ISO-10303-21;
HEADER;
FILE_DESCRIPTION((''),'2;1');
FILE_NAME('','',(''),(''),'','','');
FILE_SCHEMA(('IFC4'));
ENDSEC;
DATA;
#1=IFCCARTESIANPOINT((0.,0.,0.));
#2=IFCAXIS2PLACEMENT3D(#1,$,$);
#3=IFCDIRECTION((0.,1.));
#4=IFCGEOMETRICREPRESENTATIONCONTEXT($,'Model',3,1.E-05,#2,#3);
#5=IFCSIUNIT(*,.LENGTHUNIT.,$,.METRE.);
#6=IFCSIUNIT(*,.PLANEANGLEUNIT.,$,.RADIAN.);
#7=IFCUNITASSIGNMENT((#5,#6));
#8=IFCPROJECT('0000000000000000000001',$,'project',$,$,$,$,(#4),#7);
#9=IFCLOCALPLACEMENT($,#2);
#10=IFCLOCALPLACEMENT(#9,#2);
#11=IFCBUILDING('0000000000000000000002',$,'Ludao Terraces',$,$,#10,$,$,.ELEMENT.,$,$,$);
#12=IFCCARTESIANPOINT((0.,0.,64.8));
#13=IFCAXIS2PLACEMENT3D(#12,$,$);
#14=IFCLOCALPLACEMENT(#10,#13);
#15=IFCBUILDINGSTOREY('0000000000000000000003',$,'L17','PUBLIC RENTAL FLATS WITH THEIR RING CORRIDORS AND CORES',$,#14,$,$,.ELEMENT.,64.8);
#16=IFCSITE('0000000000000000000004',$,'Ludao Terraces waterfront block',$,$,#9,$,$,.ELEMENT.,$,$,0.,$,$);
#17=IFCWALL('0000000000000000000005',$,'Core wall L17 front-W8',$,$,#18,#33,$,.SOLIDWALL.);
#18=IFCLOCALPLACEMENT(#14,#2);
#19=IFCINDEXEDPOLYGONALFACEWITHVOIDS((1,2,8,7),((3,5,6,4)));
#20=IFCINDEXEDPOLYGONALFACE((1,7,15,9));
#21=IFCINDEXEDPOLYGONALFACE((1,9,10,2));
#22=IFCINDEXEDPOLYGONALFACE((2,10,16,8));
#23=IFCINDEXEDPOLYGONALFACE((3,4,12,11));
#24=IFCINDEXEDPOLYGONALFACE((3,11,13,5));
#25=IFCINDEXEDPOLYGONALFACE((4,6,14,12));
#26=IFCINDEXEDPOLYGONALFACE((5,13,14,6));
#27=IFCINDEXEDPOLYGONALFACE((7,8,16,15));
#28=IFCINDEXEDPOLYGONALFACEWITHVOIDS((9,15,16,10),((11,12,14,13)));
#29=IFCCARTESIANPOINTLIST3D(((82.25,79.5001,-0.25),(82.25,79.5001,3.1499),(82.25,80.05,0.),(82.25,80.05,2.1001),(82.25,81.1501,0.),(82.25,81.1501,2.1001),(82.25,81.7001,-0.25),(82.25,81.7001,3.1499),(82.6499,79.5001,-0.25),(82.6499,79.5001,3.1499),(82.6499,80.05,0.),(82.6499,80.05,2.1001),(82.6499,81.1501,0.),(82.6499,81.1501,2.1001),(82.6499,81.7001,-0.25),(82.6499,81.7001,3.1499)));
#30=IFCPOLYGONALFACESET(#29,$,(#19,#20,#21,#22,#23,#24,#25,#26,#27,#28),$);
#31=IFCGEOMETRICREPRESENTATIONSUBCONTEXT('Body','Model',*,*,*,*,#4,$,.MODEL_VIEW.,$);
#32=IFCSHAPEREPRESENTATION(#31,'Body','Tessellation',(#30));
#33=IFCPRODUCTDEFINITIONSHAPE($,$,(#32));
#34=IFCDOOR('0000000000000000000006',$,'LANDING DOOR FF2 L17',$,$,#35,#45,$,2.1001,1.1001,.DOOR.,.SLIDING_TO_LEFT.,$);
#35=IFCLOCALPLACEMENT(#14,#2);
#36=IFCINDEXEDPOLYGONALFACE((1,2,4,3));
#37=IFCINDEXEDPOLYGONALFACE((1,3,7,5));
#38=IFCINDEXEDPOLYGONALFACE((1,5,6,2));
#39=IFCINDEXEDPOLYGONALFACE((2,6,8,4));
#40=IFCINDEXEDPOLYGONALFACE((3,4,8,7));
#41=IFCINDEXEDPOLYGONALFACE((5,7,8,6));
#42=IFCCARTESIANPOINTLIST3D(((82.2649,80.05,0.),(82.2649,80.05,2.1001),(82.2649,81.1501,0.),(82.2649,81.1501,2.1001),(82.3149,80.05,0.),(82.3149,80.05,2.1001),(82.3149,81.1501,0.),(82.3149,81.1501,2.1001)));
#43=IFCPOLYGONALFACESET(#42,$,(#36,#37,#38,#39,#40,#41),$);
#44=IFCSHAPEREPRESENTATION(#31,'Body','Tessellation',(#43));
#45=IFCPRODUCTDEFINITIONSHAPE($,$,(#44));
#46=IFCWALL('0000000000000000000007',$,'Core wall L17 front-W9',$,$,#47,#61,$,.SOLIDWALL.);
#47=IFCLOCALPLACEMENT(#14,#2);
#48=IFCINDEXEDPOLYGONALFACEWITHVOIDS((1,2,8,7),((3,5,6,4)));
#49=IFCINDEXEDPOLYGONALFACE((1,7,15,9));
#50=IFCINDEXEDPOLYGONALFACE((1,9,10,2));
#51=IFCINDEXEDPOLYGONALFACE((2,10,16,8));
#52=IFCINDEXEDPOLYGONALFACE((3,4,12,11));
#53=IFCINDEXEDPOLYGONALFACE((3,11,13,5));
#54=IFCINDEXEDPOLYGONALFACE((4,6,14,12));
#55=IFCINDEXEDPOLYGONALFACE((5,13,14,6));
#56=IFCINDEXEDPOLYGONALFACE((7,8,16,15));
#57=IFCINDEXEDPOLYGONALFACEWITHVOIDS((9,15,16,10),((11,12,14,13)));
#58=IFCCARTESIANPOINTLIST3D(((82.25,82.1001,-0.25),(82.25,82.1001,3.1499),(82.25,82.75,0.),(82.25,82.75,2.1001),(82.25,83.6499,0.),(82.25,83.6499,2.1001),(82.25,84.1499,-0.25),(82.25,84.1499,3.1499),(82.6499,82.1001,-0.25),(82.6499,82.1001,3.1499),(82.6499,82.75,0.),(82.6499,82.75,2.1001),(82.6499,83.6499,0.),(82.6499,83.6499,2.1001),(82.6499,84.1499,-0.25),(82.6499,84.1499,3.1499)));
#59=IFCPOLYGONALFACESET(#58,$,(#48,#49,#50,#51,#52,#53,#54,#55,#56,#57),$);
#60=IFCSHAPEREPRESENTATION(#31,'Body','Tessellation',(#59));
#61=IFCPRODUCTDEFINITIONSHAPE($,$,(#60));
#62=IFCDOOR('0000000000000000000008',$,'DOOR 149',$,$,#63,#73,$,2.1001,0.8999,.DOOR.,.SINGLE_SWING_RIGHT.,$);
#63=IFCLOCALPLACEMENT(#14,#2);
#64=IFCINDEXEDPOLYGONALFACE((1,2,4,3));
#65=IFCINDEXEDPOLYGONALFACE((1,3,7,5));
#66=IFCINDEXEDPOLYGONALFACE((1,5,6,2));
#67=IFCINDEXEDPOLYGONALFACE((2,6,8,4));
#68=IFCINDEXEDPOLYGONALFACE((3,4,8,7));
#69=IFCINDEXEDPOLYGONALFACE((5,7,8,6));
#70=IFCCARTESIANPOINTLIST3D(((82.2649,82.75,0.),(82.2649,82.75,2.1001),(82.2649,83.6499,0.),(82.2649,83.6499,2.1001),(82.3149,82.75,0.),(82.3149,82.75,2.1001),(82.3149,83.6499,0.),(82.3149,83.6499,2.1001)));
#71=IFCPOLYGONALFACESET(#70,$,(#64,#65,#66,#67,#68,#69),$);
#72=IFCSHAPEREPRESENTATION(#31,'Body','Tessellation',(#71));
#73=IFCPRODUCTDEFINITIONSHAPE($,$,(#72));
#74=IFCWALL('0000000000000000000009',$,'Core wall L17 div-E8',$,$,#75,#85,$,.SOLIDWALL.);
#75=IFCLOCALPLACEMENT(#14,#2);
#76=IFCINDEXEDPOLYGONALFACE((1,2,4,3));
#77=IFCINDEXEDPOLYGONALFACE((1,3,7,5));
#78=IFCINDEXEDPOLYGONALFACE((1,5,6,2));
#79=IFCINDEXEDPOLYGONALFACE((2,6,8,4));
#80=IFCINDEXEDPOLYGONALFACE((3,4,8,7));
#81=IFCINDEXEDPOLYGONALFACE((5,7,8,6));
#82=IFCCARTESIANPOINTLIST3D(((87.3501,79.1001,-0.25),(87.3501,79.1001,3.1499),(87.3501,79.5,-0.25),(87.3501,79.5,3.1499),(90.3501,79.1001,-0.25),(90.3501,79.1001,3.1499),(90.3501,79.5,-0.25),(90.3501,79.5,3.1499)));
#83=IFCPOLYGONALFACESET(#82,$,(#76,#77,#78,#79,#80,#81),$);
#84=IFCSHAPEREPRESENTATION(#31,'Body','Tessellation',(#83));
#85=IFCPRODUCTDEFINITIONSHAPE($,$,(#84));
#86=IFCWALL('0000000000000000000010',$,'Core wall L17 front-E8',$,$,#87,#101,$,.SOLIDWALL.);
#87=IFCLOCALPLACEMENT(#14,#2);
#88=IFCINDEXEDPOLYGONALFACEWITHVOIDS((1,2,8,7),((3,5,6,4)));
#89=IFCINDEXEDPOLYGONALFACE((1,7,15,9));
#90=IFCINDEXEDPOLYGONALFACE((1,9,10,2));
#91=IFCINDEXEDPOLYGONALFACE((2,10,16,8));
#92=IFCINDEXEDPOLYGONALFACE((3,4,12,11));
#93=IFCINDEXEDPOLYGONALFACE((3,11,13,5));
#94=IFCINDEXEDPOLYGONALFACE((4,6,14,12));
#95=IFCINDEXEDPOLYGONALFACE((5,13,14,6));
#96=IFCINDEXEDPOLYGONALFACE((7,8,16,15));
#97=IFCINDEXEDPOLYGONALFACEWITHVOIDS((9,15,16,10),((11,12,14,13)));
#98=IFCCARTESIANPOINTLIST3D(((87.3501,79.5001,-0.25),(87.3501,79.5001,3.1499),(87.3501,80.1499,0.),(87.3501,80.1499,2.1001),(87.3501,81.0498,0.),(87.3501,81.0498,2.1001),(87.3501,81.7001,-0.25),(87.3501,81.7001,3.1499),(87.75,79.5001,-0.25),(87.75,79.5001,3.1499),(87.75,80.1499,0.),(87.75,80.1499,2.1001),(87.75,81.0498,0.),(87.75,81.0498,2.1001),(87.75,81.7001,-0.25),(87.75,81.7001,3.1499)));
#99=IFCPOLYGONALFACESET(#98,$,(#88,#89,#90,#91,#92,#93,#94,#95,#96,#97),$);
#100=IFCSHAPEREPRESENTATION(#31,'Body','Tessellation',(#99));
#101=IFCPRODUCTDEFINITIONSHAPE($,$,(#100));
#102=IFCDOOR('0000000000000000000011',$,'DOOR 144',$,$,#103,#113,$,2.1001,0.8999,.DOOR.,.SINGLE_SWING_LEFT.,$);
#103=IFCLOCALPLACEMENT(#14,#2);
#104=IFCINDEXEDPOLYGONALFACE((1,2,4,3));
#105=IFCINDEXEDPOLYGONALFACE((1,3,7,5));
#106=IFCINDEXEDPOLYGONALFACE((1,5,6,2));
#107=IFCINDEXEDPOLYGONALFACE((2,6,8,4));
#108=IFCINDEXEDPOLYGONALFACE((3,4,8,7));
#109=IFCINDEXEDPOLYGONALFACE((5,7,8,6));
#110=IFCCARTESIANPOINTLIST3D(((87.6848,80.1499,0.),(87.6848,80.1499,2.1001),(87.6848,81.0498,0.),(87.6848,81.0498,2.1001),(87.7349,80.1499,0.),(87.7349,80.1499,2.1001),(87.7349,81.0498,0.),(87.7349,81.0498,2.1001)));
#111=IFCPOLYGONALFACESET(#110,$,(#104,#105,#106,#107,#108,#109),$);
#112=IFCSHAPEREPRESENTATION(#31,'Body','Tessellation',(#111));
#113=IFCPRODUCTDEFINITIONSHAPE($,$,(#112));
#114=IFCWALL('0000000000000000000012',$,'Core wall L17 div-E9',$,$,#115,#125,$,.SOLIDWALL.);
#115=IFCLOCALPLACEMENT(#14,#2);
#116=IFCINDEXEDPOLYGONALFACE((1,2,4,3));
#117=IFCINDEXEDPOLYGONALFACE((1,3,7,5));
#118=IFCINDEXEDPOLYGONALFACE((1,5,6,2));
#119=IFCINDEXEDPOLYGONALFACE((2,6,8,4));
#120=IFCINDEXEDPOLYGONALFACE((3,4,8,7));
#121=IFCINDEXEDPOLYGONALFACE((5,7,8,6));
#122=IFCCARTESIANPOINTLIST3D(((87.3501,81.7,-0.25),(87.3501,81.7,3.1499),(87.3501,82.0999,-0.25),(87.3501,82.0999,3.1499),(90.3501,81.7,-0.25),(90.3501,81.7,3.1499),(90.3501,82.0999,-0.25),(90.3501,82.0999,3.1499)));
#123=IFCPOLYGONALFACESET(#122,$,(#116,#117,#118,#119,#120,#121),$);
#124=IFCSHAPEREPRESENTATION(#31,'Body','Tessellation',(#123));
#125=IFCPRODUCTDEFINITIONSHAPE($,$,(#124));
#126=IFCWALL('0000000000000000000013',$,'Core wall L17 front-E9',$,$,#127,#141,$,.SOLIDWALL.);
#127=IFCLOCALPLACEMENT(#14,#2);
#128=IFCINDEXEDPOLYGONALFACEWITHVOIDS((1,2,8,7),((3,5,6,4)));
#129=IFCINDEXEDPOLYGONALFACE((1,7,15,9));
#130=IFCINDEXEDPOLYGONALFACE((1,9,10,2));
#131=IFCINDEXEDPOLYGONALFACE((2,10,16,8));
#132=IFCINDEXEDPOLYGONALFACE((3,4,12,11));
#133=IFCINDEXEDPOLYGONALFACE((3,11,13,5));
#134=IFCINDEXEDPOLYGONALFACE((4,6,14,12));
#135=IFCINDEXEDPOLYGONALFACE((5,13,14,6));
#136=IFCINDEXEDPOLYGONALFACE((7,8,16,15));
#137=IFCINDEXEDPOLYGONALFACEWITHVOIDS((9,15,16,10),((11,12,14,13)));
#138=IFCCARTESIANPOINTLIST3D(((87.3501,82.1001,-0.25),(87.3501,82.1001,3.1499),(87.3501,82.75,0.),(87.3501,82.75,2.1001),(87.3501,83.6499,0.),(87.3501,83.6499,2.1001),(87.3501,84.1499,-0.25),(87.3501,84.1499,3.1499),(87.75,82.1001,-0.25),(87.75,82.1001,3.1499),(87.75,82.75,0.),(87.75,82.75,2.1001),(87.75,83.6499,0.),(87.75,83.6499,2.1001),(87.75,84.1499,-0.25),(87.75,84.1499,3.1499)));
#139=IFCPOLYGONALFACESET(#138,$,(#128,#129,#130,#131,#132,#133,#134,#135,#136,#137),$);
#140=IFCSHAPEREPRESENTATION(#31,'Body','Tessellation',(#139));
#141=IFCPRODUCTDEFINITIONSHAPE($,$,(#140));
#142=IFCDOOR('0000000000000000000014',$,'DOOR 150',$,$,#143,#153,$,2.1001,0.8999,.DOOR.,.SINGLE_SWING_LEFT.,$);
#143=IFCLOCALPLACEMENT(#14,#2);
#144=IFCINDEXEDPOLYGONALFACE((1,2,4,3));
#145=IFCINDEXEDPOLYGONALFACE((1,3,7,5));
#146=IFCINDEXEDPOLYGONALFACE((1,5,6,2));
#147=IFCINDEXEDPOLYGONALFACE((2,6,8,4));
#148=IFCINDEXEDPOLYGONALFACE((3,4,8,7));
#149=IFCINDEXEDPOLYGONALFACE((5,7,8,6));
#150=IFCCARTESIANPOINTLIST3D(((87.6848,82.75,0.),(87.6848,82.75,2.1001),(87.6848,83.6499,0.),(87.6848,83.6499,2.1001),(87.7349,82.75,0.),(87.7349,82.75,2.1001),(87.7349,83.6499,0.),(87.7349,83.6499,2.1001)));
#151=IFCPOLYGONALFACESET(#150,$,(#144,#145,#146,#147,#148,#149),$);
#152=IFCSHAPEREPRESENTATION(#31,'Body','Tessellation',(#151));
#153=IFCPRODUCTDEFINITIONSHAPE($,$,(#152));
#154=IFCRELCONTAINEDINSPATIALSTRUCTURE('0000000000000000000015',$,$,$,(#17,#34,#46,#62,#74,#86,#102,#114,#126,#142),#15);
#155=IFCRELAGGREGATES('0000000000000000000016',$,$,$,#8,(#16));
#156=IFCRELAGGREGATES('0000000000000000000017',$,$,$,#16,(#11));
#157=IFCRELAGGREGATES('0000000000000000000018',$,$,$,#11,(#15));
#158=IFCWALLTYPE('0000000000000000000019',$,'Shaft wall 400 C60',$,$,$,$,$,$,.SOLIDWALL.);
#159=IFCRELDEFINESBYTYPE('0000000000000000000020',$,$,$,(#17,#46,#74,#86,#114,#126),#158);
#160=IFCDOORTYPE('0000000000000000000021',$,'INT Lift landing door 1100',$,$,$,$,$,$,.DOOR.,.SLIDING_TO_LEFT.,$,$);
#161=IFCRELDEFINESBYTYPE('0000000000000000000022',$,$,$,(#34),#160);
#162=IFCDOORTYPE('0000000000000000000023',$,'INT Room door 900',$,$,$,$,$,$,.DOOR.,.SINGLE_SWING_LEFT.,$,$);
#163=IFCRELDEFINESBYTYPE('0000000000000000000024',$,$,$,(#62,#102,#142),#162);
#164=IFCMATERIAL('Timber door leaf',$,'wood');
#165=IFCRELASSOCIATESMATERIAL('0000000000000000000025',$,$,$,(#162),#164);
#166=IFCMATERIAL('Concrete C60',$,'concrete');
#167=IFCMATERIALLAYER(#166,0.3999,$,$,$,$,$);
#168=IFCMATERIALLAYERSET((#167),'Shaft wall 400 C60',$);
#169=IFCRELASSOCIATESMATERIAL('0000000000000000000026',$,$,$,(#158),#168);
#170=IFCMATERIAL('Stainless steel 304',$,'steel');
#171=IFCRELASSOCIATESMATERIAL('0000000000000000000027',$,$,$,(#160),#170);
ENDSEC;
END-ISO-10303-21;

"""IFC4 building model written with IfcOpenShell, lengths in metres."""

from ifc_helpers import new_model, si_unit, direction, frame, frame_2d, origin, place, context, subcontext, project, spatial, rectangle, extrude, material, layer, layer_set, type_object, element, fill, save


model = new_model("IFC4")

# Units and contexts
model_context = context("Model", 3, precision=1e-05, world=origin(), true_north=direction((0.0, 1.0)))
body_context = subcontext(model_context, "Body", "Model", "MODEL_VIEW")
ifc_project = project(units=[si_unit("LENGTHUNIT", "METRE"), si_unit("PLANEANGLEUNIT", "RADIAN")], contexts=[model_context])

# Site, building, storey
site_placement = place(None, origin())
site = spatial("IfcSite", under=ifc_project, at=site_placement, Name="Ludao Terraces waterfront block", CompositionType="ELEMENT", RefElevation=0.0)
building_placement = place(site_placement, origin())
building = spatial("IfcBuilding", under=site, at=building_placement, Name="Ludao Terraces", CompositionType="ELEMENT")
storey_placement = place(building_placement, frame((0.0, 0.0, 64.8)))
storey = spatial("IfcBuildingStorey", under=building, at=storey_placement, Name="L17", Description="PUBLIC RENTAL FLATS WITH THEIR RING CORRIDORS AND CORES", CompositionType="ELEMENT", Elevation=64.8)

# Shared definitions
ifc_material_1 = material(Name="Timber door leaf", Category="wood")
door_type_1 = type_object("IfcDoorType", Name="INT Room door 900", OperationType="SINGLE_SWING_LEFT", PredefinedType="DOOR", material=ifc_material_1)

# Walls, openings, doors
ifc_material_2 = material(Name="Concrete C60", Category="concrete")
ifc_layer_1 = layer(ifc_material_2, 0.3999)
ifc_layer_set_1 = layer_set([ifc_layer_1], Name="Shaft wall 400 C60")
wall_type_1 = type_object("IfcWallType", Name="Shaft wall 400 C60", PredefinedType="SOLIDWALL", material=ifc_layer_set_1)
wall_1_placement = place(storey_placement, frame((82.45, 79.5, -0.25), z_axis=(0.0, 0.0, 1.0), x_axis=(0.0, 1.0, 0.0)))
wall_1 = element("IfcWall", 1, at=wall_1_placement, inside=storey, type_object=wall_type_1, Name="Core wall L17 front-W8", PredefinedType="SOLIDWALL", context=body_context, shape_type="SweptSolid", body=[
    extrude(rectangle(XDim=2.2, YDim=0.3999, at=frame_2d((1.1001, 0.0))), origin(), (0.0, 0.0, 1.0), 3.3999),
])
opening_1_placement = place(wall_1_placement, frame((0.55, 0.0, 0.25)))
opening_1 = element("IfcOpeningElement", 2, at=opening_1_placement, cuts=wall_1, PredefinedType="OPENING", context=body_context, shape_type="SweptSolid", body=[
    extrude(rectangle(XDim=1.1001, YDim=2.1001, at=frame_2d((0.55, 1.05))), frame((0.0, 0.21, 0.0), z_axis=(0.0, -1.0, 0.0), x_axis=(1.0, 0.0, 0.0)), (0.0, 0.0, 1.0), 0.4199),
])
ifc_material_3 = material(Name="Stainless steel 304", Category="steel")
door_type_2 = type_object("IfcDoorType", Name="INT Lift landing door 1100", OperationType="SLIDING_TO_LEFT", PredefinedType="DOOR", material=ifc_material_3)
door_1_placement = place(opening_1_placement, origin())
door_1 = element("IfcDoor", 3, at=door_1_placement, inside=storey, type_object=door_type_2, Name="LANDING DOOR FF2 L17", OperationType="SLIDING_TO_LEFT", OverallHeight=2.1001, OverallWidth=1.1001, PredefinedType="DOOR", context=body_context, shape_type="SweptSolid", body=[
    extrude(rectangle(XDim=1.1001, YDim=2.1001, at=frame_2d((0.55, 1.05))), frame((0.0, 0.1851, 0.0), z_axis=(0.0, -1.0, 0.0), x_axis=(1.0, 0.0, 0.0)), (0.0, 0.0, 1.0), 0.05),
])
fill(opening_1, door_1)
wall_2_placement = place(storey_placement, frame((82.45, 82.1001, -0.25), z_axis=(0.0, 0.0, 1.0), x_axis=(0.0, 1.0, 0.0)))
wall_2 = element("IfcWall", 4, at=wall_2_placement, inside=storey, type_object=wall_type_1, Name="Core wall L17 front-W9", PredefinedType="SOLIDWALL", context=body_context, shape_type="SweptSolid", body=[
    extrude(rectangle(XDim=2.0498, YDim=0.3999, at=frame_2d((1.0249, 0.0))), origin(), (0.0, 0.0, 1.0), 3.3999),
])
opening_2_placement = place(wall_2_placement, frame((0.6499, 0.0, 0.25)))
opening_2 = element("IfcOpeningElement", 5, at=opening_2_placement, cuts=wall_2, PredefinedType="OPENING", context=body_context, shape_type="SweptSolid", body=[
    extrude(rectangle(XDim=0.8999, YDim=2.1001, at=frame_2d((0.45, 1.05))), frame((0.0, 0.21, 0.0), z_axis=(0.0, -1.0, 0.0), x_axis=(1.0, 0.0, 0.0)), (0.0, 0.0, 1.0), 0.4199),
])
door_2_placement = place(opening_2_placement, origin())
door_2 = element("IfcDoor", 6, at=door_2_placement, inside=storey, type_object=door_type_1, Name="DOOR 149", OperationType="SINGLE_SWING_RIGHT", OverallHeight=2.1001, OverallWidth=0.8999, PredefinedType="DOOR", context=body_context, shape_type="SweptSolid", body=[
    extrude(rectangle(XDim=0.8999, YDim=2.1001, at=frame_2d((0.45, 1.05))), frame((0.0, 0.1851, 0.0), z_axis=(0.0, -1.0, 0.0), x_axis=(1.0, 0.0, 0.0)), (0.0, 0.0, 1.0), 0.05),
])
fill(opening_2, door_2)

# Wall
wall_3_placement = place(storey_placement, frame((87.3501, 79.3, -0.25), z_axis=(0.0, 0.0, 1.0), x_axis=(1.0, 0.0, 0.0)))
element("IfcWall", 7, at=wall_3_placement, inside=storey, type_object=wall_type_1, Name="Core wall L17 div-E8", PredefinedType="SOLIDWALL", context=body_context, shape_type="SweptSolid", body=[
    extrude(rectangle(XDim=3.0, YDim=0.3999, at=frame_2d((1.5, 0.0))), origin(), (0.0, 0.0, 1.0), 3.3999),
])

# Wall, opening, door
wall_4_placement = place(storey_placement, frame((87.55, 79.5, -0.25), z_axis=(0.0, 0.0, 1.0), x_axis=(0.0, 1.0, 0.0)))
wall_4 = element("IfcWall", 8, at=wall_4_placement, inside=storey, type_object=wall_type_1, Name="Core wall L17 front-E8", PredefinedType="SOLIDWALL", context=body_context, shape_type="SweptSolid", body=[
    extrude(rectangle(XDim=2.2, YDim=0.3999, at=frame_2d((1.1001, 0.0))), origin(), (0.0, 0.0, 1.0), 3.3999),
])
opening_3_placement = place(wall_4_placement, frame((0.6499, 0.0, 0.25)))
opening_3 = element("IfcOpeningElement", 9, at=opening_3_placement, cuts=wall_4, PredefinedType="OPENING", context=body_context, shape_type="SweptSolid", body=[
    extrude(rectangle(XDim=0.8999, YDim=2.1001, at=frame_2d((0.45, 1.05))), frame((0.0, 0.21, 0.0), z_axis=(0.0, -1.0, 0.0), x_axis=(1.0, 0.0, 0.0)), (0.0, 0.0, 1.0), 0.4199),
])
door_3_placement = place(opening_3_placement, origin())
door_3 = element("IfcDoor", 10, at=door_3_placement, inside=storey, type_object=door_type_1, Name="DOOR 144", OperationType="SINGLE_SWING_LEFT", OverallHeight=2.1001, OverallWidth=0.8999, PredefinedType="DOOR", context=body_context, shape_type="SweptSolid", body=[
    extrude(rectangle(XDim=0.8999, YDim=2.1001, at=frame_2d((0.45, 1.05))), frame((0.0, -0.1348, 0.0), z_axis=(0.0, -1.0, 0.0), x_axis=(1.0, 0.0, 0.0)), (0.0, 0.0, 1.0), 0.05),
])
fill(opening_3, door_3)

# Wall
wall_5_placement = place(storey_placement, frame((87.3501, 81.8999, -0.25), z_axis=(0.0, 0.0, 1.0), x_axis=(1.0, 0.0, 0.0)))
element("IfcWall", 11, at=wall_5_placement, inside=storey, type_object=wall_type_1, Name="Core wall L17 div-E9", PredefinedType="SOLIDWALL", context=body_context, shape_type="SweptSolid", body=[
    extrude(rectangle(XDim=3.0, YDim=0.3999, at=frame_2d((1.5, 0.0))), origin(), (0.0, 0.0, 1.0), 3.3999),
])

# Wall, opening, door
wall_6_placement = place(storey_placement, frame((87.55, 82.1001, -0.25), z_axis=(0.0, 0.0, 1.0), x_axis=(0.0, 1.0, 0.0)))
wall_6 = element("IfcWall", 12, at=wall_6_placement, inside=storey, type_object=wall_type_1, Name="Core wall L17 front-E9", PredefinedType="SOLIDWALL", context=body_context, shape_type="SweptSolid", body=[
    extrude(rectangle(XDim=2.0498, YDim=0.3999, at=frame_2d((1.0249, 0.0))), origin(), (0.0, 0.0, 1.0), 3.3999),
])
opening_4_placement = place(wall_6_placement, frame((0.6499, 0.0, 0.25)))
opening_4 = element("IfcOpeningElement", 13, at=opening_4_placement, cuts=wall_6, PredefinedType="OPENING", context=body_context, shape_type="SweptSolid", body=[
    extrude(rectangle(XDim=0.8999, YDim=2.1001, at=frame_2d((0.45, 1.05))), frame((0.0, 0.21, 0.0), z_axis=(0.0, -1.0, 0.0), x_axis=(1.0, 0.0, 0.0)), (0.0, 0.0, 1.0), 0.4199),
])
door_4_placement = place(opening_4_placement, origin())
door_4 = element("IfcDoor", 14, at=door_4_placement, inside=storey, type_object=door_type_1, Name="DOOR 150", OperationType="SINGLE_SWING_LEFT", OverallHeight=2.1001, OverallWidth=0.8999, PredefinedType="DOOR", context=body_context, shape_type="SweptSolid", body=[
    extrude(rectangle(XDim=0.8999, YDim=2.1001, at=frame_2d((0.45, 1.05))), frame((0.0, -0.1348, 0.0), z_axis=(0.0, -1.0, 0.0), x_axis=(1.0, 0.0, 0.0)), (0.0, 0.0, 1.0), 0.05),
])
fill(opening_4, door_4)

save(model, "model.ifc")
